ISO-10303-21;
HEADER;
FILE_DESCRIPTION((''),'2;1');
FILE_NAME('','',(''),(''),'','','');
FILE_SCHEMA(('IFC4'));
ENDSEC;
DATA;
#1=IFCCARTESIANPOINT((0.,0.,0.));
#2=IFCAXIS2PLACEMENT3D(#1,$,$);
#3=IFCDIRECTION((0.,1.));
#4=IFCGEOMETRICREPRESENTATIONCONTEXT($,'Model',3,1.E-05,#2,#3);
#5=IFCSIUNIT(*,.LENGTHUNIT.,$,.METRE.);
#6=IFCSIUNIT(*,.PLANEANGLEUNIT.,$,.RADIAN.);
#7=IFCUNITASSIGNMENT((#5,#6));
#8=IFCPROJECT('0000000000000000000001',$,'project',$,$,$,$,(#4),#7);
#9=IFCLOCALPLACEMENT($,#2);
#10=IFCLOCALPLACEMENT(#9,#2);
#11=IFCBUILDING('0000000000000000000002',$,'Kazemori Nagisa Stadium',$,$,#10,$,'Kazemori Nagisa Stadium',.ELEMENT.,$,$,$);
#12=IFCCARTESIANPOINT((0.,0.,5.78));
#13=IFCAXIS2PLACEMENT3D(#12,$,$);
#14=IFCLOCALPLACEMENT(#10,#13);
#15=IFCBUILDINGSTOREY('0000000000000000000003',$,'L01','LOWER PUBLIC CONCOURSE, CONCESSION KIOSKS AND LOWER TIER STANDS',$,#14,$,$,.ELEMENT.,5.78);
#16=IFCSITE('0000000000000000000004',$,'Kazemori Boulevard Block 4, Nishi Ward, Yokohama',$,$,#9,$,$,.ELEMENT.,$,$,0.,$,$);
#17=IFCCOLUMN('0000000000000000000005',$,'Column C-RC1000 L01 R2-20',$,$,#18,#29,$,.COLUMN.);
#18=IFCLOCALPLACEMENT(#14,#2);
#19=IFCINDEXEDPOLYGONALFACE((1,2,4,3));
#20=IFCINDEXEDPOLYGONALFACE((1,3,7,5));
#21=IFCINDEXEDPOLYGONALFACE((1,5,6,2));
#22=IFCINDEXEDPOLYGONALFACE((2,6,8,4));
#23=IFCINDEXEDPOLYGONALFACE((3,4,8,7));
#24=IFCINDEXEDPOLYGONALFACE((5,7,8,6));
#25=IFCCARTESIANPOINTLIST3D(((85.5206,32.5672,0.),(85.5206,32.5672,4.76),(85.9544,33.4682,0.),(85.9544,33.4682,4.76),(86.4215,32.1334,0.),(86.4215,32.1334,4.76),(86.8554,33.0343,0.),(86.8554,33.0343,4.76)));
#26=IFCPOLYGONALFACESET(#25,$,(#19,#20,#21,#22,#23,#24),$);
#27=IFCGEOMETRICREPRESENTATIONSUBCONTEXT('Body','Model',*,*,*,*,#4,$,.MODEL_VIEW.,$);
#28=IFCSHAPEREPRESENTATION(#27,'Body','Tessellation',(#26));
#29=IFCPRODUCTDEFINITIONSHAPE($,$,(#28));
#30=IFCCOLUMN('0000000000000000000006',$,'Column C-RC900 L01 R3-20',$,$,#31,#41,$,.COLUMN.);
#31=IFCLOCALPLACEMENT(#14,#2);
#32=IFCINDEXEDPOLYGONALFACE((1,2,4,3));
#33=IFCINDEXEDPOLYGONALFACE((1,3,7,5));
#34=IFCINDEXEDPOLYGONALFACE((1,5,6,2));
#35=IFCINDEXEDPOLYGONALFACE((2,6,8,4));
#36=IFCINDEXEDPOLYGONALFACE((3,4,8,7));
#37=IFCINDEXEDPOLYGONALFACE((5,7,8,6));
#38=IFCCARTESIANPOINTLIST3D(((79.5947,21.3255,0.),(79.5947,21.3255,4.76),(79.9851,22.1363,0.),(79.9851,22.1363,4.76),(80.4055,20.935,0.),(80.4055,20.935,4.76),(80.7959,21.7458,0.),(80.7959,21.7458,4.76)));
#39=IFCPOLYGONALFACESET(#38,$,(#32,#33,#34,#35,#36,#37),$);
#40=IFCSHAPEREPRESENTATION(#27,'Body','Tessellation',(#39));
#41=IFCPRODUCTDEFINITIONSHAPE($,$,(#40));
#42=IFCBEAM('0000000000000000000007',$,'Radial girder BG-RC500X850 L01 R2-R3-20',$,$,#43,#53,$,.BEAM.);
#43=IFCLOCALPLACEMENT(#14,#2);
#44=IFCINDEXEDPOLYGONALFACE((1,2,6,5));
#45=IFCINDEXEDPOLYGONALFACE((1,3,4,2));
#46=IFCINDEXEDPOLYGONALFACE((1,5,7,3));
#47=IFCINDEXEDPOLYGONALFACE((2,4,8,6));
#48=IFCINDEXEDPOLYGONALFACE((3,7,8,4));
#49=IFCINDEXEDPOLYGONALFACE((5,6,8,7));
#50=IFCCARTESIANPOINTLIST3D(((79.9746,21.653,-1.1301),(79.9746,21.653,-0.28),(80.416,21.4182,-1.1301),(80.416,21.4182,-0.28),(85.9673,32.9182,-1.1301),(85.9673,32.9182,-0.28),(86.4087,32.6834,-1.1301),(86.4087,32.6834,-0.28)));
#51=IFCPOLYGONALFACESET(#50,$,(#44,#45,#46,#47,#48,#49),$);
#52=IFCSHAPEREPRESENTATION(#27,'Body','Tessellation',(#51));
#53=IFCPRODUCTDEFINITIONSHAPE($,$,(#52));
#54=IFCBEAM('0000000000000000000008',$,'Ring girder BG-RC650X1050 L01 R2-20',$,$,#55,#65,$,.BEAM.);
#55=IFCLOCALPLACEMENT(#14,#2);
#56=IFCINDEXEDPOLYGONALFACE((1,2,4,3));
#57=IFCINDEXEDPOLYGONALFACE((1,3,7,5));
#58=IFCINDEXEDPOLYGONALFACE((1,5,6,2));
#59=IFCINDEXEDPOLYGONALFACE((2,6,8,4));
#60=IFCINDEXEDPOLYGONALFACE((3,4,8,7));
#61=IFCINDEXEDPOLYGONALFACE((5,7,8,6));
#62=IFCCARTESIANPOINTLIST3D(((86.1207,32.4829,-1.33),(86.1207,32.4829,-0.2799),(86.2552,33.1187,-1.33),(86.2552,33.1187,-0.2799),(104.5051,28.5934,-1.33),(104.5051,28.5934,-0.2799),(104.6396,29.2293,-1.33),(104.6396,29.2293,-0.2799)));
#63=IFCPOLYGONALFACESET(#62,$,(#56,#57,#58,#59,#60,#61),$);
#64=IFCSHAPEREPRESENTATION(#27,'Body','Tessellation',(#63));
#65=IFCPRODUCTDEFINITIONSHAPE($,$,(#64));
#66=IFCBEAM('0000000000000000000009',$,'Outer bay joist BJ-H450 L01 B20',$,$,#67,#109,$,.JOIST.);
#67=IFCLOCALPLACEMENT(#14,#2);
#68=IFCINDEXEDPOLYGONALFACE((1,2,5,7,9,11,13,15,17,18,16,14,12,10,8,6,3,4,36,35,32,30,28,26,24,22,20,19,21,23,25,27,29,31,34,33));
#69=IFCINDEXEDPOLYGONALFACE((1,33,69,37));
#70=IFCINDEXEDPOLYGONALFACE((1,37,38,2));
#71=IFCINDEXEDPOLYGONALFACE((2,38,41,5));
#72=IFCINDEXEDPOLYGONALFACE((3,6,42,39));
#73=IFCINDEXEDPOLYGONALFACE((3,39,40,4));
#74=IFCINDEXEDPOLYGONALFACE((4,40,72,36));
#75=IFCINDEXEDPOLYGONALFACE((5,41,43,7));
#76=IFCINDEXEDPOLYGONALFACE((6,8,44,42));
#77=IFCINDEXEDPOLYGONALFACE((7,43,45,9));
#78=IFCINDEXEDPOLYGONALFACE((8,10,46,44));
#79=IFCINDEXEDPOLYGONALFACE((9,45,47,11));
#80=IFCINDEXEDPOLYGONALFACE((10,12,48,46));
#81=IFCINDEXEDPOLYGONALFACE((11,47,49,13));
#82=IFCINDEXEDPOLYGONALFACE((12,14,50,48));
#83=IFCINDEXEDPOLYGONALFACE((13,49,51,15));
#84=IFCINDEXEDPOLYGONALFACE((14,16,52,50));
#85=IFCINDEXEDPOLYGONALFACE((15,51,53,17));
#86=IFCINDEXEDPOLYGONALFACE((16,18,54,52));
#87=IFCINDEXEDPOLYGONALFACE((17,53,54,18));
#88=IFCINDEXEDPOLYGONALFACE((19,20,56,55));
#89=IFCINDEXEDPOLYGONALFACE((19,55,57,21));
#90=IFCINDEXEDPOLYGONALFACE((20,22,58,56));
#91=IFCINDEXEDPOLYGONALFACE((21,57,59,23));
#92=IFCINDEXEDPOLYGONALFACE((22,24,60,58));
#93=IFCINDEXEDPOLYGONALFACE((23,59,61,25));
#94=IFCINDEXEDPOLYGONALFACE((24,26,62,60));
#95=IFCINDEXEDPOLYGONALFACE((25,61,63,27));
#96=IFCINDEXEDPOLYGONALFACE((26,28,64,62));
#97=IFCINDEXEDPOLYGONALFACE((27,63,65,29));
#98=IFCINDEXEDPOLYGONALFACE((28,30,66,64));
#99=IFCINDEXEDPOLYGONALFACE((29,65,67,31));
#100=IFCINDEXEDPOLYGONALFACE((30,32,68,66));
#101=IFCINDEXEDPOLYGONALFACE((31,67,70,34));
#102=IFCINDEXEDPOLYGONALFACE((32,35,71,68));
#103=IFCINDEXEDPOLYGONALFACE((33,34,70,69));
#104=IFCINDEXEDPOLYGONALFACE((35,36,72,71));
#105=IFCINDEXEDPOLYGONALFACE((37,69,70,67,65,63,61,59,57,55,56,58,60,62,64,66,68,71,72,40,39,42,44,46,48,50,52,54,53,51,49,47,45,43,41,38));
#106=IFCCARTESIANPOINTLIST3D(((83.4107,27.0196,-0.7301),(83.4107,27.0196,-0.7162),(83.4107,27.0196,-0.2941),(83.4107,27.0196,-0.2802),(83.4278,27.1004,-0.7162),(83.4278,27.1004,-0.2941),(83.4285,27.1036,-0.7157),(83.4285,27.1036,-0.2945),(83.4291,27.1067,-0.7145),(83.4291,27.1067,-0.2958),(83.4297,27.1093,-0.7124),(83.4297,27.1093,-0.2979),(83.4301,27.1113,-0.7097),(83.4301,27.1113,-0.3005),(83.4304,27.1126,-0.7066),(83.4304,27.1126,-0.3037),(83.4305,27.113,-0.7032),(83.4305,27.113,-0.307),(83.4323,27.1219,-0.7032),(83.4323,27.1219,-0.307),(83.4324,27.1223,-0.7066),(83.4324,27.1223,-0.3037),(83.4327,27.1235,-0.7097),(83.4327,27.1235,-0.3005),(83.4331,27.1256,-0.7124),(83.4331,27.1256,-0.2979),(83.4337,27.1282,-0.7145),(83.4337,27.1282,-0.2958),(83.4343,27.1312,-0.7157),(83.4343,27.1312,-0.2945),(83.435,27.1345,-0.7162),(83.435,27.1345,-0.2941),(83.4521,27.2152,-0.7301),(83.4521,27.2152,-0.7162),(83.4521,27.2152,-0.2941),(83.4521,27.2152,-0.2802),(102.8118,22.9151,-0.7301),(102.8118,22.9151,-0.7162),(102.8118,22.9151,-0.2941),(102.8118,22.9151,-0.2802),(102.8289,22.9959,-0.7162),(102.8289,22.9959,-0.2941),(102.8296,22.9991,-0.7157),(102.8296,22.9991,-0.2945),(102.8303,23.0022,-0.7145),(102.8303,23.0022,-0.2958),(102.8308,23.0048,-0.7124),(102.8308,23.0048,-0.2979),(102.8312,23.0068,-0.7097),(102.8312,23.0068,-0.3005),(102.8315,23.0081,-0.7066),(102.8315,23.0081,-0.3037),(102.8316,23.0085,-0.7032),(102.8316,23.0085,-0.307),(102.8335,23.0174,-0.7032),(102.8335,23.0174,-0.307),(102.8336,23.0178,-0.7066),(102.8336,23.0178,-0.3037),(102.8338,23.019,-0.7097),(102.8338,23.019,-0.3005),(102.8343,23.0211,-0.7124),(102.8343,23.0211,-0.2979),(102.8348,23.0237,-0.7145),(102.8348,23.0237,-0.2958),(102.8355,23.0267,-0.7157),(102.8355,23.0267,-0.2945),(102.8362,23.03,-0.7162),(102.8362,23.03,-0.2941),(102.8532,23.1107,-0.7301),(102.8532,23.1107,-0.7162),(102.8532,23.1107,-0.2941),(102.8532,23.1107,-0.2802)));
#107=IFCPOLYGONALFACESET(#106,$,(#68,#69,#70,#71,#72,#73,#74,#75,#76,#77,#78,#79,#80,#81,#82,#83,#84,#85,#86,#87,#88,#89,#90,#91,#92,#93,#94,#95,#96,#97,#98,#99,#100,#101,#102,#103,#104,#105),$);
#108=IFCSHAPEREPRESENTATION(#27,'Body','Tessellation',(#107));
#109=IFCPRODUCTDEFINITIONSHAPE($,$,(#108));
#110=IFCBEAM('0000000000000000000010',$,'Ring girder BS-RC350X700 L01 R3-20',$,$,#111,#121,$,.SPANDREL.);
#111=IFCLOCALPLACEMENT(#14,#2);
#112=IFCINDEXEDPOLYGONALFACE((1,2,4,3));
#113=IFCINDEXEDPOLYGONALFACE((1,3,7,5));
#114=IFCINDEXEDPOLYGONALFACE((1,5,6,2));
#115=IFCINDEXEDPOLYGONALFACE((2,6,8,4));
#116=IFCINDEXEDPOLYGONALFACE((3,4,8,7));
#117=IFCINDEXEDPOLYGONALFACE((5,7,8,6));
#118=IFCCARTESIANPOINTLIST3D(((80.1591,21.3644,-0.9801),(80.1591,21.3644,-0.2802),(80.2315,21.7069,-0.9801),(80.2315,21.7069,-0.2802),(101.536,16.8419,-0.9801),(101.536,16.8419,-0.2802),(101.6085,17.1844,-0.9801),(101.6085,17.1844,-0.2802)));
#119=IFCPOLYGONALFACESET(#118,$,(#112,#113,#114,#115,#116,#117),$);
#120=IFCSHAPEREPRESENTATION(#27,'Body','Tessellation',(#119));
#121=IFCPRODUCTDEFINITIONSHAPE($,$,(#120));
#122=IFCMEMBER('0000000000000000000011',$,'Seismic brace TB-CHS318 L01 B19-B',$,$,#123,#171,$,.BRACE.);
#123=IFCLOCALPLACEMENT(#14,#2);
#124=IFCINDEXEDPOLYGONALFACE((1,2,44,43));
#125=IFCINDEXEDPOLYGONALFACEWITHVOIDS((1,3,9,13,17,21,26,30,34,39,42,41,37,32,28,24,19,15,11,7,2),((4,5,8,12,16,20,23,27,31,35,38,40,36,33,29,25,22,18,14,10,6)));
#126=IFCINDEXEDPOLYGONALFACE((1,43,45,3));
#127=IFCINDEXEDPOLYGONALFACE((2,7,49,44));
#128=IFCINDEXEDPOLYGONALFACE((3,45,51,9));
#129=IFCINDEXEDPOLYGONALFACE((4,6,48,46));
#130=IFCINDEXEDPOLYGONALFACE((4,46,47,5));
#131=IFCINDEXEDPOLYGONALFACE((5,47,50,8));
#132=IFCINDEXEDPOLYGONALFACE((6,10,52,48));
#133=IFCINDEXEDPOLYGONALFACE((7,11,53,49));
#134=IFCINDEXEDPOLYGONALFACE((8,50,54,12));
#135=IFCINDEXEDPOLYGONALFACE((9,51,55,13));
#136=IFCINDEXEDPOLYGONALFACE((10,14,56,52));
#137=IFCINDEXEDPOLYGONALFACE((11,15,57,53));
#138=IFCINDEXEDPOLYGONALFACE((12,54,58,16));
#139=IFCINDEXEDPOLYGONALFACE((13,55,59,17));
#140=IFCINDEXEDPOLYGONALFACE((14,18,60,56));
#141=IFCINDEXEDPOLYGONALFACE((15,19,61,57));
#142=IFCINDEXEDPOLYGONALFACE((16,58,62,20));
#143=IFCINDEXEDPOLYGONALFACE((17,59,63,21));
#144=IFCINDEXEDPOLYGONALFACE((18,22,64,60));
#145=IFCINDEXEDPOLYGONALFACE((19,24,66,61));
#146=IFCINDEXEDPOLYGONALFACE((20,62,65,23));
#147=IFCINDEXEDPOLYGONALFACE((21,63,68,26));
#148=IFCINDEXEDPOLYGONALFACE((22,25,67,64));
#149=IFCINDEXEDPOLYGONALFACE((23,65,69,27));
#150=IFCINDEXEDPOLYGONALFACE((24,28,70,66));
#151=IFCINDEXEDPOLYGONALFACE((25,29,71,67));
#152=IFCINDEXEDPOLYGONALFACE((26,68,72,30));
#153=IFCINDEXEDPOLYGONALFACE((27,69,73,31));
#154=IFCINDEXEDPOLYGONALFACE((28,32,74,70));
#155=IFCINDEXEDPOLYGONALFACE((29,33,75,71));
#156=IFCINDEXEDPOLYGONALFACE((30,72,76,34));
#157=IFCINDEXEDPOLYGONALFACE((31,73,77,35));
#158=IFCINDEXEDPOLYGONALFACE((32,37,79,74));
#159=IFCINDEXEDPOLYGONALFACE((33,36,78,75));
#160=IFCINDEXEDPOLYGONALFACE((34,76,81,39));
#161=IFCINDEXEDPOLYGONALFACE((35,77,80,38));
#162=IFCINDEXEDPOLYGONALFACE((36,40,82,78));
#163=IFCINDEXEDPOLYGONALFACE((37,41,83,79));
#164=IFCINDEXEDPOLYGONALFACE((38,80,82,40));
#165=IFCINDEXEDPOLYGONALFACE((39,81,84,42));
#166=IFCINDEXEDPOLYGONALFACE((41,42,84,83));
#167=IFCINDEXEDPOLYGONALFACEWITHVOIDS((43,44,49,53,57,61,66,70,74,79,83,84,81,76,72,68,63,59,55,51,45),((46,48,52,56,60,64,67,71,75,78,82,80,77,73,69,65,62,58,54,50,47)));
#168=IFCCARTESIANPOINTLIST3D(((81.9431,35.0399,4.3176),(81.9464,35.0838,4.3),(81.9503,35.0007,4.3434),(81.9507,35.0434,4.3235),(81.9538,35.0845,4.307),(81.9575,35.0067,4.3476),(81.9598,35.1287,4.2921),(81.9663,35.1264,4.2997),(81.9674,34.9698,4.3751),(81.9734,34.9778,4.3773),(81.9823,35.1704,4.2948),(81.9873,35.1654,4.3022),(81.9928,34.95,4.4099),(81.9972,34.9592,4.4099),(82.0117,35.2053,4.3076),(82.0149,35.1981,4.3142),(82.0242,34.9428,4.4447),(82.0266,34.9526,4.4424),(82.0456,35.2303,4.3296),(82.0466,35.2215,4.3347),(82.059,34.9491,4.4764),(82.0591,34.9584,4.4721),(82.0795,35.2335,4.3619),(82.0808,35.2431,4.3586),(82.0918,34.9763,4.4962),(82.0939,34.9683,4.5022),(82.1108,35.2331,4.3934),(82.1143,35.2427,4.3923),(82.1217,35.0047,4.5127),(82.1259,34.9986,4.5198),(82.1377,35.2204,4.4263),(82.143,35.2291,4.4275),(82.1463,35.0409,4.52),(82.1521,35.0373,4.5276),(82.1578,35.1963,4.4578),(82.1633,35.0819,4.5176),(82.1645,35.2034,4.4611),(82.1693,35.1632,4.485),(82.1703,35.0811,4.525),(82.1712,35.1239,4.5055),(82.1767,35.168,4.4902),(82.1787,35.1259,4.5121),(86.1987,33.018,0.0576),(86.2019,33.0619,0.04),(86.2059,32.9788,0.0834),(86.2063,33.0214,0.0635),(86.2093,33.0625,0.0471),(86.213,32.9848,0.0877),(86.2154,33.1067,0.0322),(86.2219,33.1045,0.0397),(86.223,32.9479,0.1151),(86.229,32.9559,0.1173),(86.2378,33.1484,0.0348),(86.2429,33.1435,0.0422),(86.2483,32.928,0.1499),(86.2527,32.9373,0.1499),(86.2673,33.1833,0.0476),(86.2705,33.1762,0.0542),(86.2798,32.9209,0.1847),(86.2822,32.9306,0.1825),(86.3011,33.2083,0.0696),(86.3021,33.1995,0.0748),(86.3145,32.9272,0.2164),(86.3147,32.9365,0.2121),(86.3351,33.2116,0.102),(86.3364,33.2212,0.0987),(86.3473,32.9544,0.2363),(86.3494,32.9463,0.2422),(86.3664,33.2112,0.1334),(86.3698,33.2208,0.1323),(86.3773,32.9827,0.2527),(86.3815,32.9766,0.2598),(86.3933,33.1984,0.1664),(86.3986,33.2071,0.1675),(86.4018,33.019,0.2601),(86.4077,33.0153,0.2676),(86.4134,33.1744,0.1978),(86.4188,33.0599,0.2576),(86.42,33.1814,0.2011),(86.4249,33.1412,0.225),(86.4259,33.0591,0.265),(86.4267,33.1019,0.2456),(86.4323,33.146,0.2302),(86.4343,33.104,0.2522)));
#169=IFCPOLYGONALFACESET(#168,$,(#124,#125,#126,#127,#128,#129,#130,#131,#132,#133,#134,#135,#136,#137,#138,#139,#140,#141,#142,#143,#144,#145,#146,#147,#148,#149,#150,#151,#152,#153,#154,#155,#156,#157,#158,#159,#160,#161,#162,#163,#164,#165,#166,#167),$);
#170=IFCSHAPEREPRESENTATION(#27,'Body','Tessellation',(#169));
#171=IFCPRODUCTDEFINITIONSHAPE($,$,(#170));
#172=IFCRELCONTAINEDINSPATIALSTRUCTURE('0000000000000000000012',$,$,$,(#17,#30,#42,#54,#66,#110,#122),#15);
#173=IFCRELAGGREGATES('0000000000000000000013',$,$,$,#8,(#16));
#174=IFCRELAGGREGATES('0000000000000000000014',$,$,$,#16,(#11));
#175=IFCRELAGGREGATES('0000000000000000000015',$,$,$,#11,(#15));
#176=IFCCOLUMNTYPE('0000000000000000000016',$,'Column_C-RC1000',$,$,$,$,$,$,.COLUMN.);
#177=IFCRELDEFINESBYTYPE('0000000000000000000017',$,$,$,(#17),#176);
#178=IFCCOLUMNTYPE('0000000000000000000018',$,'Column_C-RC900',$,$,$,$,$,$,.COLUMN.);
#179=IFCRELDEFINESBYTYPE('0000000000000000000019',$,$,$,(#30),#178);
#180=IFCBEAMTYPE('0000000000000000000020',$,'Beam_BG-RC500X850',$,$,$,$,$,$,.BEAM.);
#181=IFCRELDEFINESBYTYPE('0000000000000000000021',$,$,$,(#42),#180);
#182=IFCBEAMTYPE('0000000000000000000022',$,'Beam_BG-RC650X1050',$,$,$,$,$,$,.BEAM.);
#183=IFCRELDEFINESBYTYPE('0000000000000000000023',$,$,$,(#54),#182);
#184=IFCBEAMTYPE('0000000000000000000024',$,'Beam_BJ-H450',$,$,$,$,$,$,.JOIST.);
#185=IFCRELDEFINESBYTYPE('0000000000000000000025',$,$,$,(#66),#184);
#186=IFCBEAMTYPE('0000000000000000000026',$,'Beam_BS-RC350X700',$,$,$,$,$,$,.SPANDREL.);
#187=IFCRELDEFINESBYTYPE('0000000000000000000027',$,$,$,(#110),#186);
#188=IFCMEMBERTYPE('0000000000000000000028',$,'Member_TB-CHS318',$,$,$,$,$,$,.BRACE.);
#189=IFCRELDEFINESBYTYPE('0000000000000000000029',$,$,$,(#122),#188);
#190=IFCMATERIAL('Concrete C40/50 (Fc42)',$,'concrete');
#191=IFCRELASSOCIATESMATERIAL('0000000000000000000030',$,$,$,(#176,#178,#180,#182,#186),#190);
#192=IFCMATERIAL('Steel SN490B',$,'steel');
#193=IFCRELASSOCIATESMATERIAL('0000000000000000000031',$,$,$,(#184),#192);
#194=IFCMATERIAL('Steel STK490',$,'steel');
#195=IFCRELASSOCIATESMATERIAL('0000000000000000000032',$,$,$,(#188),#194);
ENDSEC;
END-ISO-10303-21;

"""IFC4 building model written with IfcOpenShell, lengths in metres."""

from ifc_helpers import new_model, si_unit, direction, frame, origin, origin_2d, place, context, subcontext, project, spatial, rectangle, hollow_circle, i_section, extrude, material, material_profile, profile_set, type_object, element, save


model = new_model("IFC4")

# Units and contexts
model_context = context("Model", 3, precision=1e-05, world=origin(), true_north=direction((0.0, 1.0)))
body_context = subcontext(model_context, "Body", "Model", "MODEL_VIEW")
ifc_project = project(units=[si_unit("LENGTHUNIT", "METRE"), si_unit("PLANEANGLEUNIT", "RADIAN")], contexts=[model_context])

# Site, building, storey
site_placement = place(None, origin())
site = spatial("IfcSite", under=ifc_project, at=site_placement, Name="Kazemori Boulevard Block 4, Nishi Ward, Yokohama", CompositionType="ELEMENT", RefElevation=0.0)
building_placement = place(site_placement, origin())
building = spatial("IfcBuilding", under=site, at=building_placement, Name="Kazemori Nagisa Stadium", LongName="Kazemori Nagisa Stadium", CompositionType="ELEMENT")
storey_placement = place(building_placement, frame((0.0, 0.0, 5.78)))
storey = spatial("IfcBuildingStorey", under=building, at=storey_placement, Name="L01", Description="LOWER PUBLIC CONCOURSE, CONCESSION KIOSKS AND LOWER TIER STANDS", CompositionType="ELEMENT", Elevation=5.78)

# Columns
ifc_material_1 = material(Name="Concrete C40/50 (Fc42)", Category="concrete")
ifc_material_profile_1 = material_profile(ifc_material_1, rectangle(XDim=1.0, YDim=1.0, at=origin_2d()), Name="RC-COL-1000x1000")
ifc_profile_set_1 = profile_set([ifc_material_profile_1], Name="Concrete C40/50 (Fc42)")
column_type_1 = type_object("IfcColumnType", Name="Column_C-RC1000", PredefinedType="COLUMN", material=ifc_profile_set_1)
column_1_placement = place(storey_placement, frame((86.188, 32.8008, 0.0), z_axis=(0.0, 0.0, 1.0), x_axis=(-0.433884, -0.900969, 0.0)))
element("IfcColumn", 1, at=column_1_placement, inside=storey, type_object=column_type_1, Name="Column C-RC1000 L01 R2-20", PredefinedType="COLUMN", context=body_context, shape_type="SweptSolid", body=[
    extrude(rectangle(XDim=1.0, YDim=1.0, at=origin_2d()), origin(), (0.0, 0.0, 1.0), 4.76),
])
ifc_material_profile_2 = material_profile(ifc_material_1, rectangle(XDim=0.8999, YDim=0.8999, at=origin_2d()), Name="RC-COL-900x900")
ifc_profile_set_2 = profile_set([ifc_material_profile_2], Name="Concrete C40/50 (Fc42)")
column_type_2 = type_object("IfcColumnType", Name="Column_C-RC900", PredefinedType="COLUMN", material=ifc_profile_set_2)
column_2_placement = place(storey_placement, frame((80.1953, 21.5356, 0.0), z_axis=(0.0, 0.0, 1.0), x_axis=(-0.433884, -0.900969, 0.0)))
element("IfcColumn", 2, at=column_2_placement, inside=storey, type_object=column_type_2, Name="Column C-RC900 L01 R3-20", PredefinedType="COLUMN", context=body_context, shape_type="SweptSolid", body=[
    extrude(rectangle(XDim=0.8999, YDim=0.8999, at=origin_2d()), origin(), (0.0, 0.0, 1.0), 4.76),
])

# Beams
ifc_material_profile_3 = material_profile(ifc_material_1, rectangle(XDim=0.5, YDim=0.8501, at=origin_2d()), Name="RC-BM-500x850")
ifc_profile_set_3 = profile_set([ifc_material_profile_3], Name="Concrete C40/50 (Fc42)")
beam_type_1 = type_object("IfcBeamType", Name="Beam_BG-RC500X850", PredefinedType="BEAM", material=ifc_profile_set_3)
beam_1_placement = place(storey_placement, frame((86.188, 32.8008, -0.7051), z_axis=(-0.469649, -0.882853, 0.0), x_axis=(0.882853, -0.469649, 0.0)))
element("IfcBeam", 3, at=beam_1_placement, inside=storey, type_object=beam_type_1, Name="Radial girder BG-RC500X850 L01 R2-R3-20", PredefinedType="BEAM", context=body_context, shape_type="SweptSolid", body=[
    extrude(rectangle(XDim=0.5, YDim=0.8501, at=origin_2d()), origin(), (0.0, 0.0, 1.0), 12.76),
])
ifc_material_profile_4 = material_profile(ifc_material_1, rectangle(XDim=0.6499, YDim=1.05, at=origin_2d()), Name="RC-BM-650x1050")
ifc_profile_set_4 = profile_set([ifc_material_profile_4], Name="Concrete C40/50 (Fc42)")
beam_type_2 = type_object("IfcBeamType", Name="Beam_BG-RC650X1050", PredefinedType="BEAM", material=ifc_profile_set_4)
beam_2_placement = place(storey_placement, frame((86.188, 32.8008, -0.8049), z_axis=(0.978345, -0.20698, 0.0), x_axis=(0.20698, 0.978345, 0.0)))
element("IfcBeam", 4, at=beam_2_placement, inside=storey, type_object=beam_type_2, Name="Ring girder BG-RC650X1050 L01 R2-20", PredefinedType="BEAM", context=body_context, shape_type="SweptSolid", body=[
    extrude(rectangle(XDim=0.6499, YDim=1.05, at=origin_2d()), origin(), (0.0, 0.0, 1.0), 18.7913),
])
ifc_material_2 = material(Name="Steel SN490B", Category="steel")
ifc_material_profile_5 = material_profile(ifc_material_2, i_section(OverallWidth=0.2, OverallDepth=0.45, WebThickness=0.009, FlangeThickness=0.0139, FilletRadius=0.0129, at=origin_2d()), Name="H-450x200x9x14")
ifc_profile_set_5 = profile_set([ifc_material_profile_5], Name="Steel SN490B")
beam_type_3 = type_object("IfcBeamType", Name="Beam_BJ-H450", PredefinedType="JOIST", material=ifc_profile_set_5)
beam_3_placement = place(storey_placement, frame((83.4314, 27.1174, -0.5051), z_axis=(0.978346, -0.206978, 0.0), x_axis=(0.206978, 0.978346, 0.0)))
element("IfcBeam", 5, at=beam_3_placement, inside=storey, type_object=beam_type_3, Name="Outer bay joist BJ-H450 L01 B20", PredefinedType="JOIST", context=body_context, shape_type="SweptSolid", body=[
    extrude(i_section(OverallWidth=0.2, OverallDepth=0.45, WebThickness=0.009, FlangeThickness=0.0139, FilletRadius=0.0129, at=origin_2d()), origin(), (0.0, 0.0, 1.0), 19.8306),
])
ifc_material_profile_6 = material_profile(ifc_material_1, rectangle(XDim=0.3501, YDim=0.7, at=origin_2d()), Name="RC-SP-350x700")
ifc_profile_set_6 = profile_set([ifc_material_profile_6], Name="Concrete C40/50 (Fc42)")
beam_type_4 = type_object("IfcBeamType", Name="Beam_BS-RC350X700", PredefinedType="SPANDREL", material=ifc_profile_set_6)
beam_4_placement = place(storey_placement, frame((80.1953, 21.5356, -0.6301), z_axis=(0.978346, -0.206977, 0.0), x_axis=(0.206977, 0.978346, 0.0)))
element("IfcBeam", 6, at=beam_4_placement, inside=storey, type_object=beam_type_4, Name="Ring girder BS-RC350X700 L01 R3-20", PredefinedType="SPANDREL", context=body_context, shape_type="SweptSolid", body=[
    extrude(rectangle(XDim=0.3501, YDim=0.7, at=origin_2d()), origin(), (0.0, 0.0, 1.0), 21.8501),
])

# Member
ifc_material_3 = material(Name="Steel STK490", Category="steel")
ifc_material_profile_7 = material_profile(ifc_material_3, hollow_circle(Radius=0.1592, WallThickness=0.0103, at=origin_2d()), Name="CHS-318.5x10.3")
ifc_profile_set_7 = profile_set([ifc_material_profile_7], Name="Steel STK490")
member_type_1 = type_object("IfcMemberType", Name="Member_TB-CHS318", PredefinedType="BRACE", material=ifc_profile_set_7)
member_1_placement = place(storey_placement, frame((86.3167, 33.0718, 0.1499), z_axis=(-0.669978, 0.318327, 0.67067), x_axis=(-0.429153, -0.903232, 0.0)))
element("IfcMember", 7, at=member_1_placement, inside=storey, type_object=member_type_1, Name="Seismic brace TB-CHS318 L01 B19-B", PredefinedType="BRACE", context=body_context, shape_type="SweptSolid", body=[
    extrude(hollow_circle(Radius=0.1592, WallThickness=0.0103, at=origin_2d()), origin(), (0.0, 0.0, 1.0), 6.3518),
])

save(model, "model.ifc")
